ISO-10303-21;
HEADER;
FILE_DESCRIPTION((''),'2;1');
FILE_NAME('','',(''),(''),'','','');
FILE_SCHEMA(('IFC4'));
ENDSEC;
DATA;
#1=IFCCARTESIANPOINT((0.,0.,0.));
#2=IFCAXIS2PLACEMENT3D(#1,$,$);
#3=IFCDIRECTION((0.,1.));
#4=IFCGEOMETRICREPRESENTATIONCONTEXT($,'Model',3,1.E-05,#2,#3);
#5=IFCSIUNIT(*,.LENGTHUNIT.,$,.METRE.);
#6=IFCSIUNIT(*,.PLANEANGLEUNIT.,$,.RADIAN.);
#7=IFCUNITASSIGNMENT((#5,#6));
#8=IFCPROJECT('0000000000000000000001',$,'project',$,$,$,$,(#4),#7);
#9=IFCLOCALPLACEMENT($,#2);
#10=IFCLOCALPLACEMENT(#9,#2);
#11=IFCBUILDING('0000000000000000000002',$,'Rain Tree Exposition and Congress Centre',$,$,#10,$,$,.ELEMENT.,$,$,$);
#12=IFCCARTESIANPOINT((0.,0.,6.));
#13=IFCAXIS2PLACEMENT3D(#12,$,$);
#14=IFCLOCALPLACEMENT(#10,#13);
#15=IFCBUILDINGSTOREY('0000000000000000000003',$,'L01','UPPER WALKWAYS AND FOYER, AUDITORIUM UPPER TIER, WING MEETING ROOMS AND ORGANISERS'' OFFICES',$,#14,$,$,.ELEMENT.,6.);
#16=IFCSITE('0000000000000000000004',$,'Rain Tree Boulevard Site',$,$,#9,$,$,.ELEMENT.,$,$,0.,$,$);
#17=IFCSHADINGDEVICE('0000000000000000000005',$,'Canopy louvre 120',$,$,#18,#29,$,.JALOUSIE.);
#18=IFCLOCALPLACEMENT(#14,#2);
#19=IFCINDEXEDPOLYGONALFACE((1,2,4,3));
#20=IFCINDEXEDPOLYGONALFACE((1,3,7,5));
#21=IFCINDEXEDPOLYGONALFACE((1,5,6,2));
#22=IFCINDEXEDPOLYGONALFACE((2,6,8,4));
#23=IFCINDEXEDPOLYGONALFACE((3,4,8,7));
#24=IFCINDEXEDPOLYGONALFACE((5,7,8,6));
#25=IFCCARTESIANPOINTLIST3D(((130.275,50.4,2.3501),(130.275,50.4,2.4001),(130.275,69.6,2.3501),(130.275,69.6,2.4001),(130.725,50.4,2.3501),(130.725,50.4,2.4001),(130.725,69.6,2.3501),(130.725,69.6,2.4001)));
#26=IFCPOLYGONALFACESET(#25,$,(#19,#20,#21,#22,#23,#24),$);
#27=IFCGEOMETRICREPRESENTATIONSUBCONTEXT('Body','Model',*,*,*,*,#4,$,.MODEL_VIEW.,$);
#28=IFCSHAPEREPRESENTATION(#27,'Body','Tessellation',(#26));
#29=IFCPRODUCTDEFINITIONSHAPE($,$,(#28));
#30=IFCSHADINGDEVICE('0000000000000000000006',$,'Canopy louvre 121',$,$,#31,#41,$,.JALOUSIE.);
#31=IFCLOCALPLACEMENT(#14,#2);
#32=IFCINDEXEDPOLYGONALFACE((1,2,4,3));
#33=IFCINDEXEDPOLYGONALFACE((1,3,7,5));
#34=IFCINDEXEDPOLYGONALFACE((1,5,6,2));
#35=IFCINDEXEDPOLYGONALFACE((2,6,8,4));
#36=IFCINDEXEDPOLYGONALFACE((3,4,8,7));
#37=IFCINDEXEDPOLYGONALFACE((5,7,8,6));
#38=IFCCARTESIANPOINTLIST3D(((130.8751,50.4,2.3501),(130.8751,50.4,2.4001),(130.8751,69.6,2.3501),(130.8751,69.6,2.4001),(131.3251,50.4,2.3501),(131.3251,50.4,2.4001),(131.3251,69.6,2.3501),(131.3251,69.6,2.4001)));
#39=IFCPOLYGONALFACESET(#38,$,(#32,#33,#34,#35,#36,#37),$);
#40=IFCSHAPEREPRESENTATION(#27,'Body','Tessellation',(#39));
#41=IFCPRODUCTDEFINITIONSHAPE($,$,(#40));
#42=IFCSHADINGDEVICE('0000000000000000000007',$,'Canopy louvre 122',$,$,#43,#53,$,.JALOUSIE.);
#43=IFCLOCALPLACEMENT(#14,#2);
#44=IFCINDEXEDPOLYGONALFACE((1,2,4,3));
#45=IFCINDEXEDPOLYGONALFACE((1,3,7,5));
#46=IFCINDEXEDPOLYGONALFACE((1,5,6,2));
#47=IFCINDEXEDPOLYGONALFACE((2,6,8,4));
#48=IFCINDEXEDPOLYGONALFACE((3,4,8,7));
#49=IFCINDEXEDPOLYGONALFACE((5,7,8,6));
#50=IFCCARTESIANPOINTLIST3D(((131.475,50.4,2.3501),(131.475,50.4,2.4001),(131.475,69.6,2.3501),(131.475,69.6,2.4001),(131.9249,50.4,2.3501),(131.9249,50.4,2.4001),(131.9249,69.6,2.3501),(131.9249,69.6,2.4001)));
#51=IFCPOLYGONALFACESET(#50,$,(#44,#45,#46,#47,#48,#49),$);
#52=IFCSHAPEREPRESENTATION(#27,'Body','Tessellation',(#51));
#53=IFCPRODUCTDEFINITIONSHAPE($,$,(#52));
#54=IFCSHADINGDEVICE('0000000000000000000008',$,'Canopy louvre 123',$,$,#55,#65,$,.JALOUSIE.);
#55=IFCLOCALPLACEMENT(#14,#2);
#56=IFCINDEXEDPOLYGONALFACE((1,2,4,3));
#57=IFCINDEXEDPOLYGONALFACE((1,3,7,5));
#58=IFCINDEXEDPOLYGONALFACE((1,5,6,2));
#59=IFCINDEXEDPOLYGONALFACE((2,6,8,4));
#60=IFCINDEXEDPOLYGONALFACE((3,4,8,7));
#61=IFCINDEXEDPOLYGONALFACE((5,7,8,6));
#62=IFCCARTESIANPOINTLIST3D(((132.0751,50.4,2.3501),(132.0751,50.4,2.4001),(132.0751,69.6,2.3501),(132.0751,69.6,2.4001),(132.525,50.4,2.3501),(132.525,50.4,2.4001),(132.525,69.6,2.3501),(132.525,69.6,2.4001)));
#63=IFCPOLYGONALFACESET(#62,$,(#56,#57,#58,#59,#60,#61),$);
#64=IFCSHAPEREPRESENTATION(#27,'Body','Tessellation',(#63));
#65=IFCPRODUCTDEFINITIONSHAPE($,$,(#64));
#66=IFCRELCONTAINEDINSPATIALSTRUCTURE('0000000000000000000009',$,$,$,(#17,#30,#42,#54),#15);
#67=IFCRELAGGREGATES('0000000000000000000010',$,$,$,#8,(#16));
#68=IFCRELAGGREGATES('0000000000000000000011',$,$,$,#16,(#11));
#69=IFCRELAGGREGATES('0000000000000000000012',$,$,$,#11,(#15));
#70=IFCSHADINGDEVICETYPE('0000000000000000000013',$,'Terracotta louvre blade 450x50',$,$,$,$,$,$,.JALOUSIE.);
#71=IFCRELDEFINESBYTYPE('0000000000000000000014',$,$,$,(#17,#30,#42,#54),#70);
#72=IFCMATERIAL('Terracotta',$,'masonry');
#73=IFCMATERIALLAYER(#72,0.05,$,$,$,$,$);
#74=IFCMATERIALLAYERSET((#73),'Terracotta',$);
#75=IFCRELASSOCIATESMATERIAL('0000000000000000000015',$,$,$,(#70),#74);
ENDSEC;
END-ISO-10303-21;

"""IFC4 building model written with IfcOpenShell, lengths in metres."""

from ifc_helpers import new_model, si_unit, direction, frame, origin, origin_2d, place, context, subcontext, project, spatial, rectangle, extrude, material, layer, layer_set, type_object, element, save


model = new_model("IFC4")

# Units and contexts
model_context = context("Model", 3, precision=1e-05, world=origin(), true_north=direction((0.0, 1.0)))
body_context = subcontext(model_context, "Body", "Model", "MODEL_VIEW")
ifc_project = project(units=[si_unit("LENGTHUNIT", "METRE"), si_unit("PLANEANGLEUNIT", "RADIAN")], contexts=[model_context])

# Site, building, storey
site_placement = place(None, origin())
site = spatial("IfcSite", under=ifc_project, at=site_placement, Name="Rain Tree Boulevard Site", CompositionType="ELEMENT", RefElevation=0.0)
building_placement = place(site_placement, origin())
building = spatial("IfcBuilding", under=site, at=building_placement, Name="Rain Tree Exposition and Congress Centre", CompositionType="ELEMENT")
storey_placement = place(building_placement, frame((0.0, 0.0, 6.0)))
storey = spatial("IfcBuildingStorey", under=building, at=storey_placement, Name="L01", Description="UPPER WALKWAYS AND FOYER, AUDITORIUM UPPER TIER, WING MEETING ROOMS AND ORGANISERS' OFFICES", CompositionType="ELEMENT", Elevation=6.0)

# Shading devices
ifc_material_1 = material(Name="Terracotta", Category="masonry")
ifc_layer = layer(ifc_material_1, 0.05)
ifc_layer_set = layer_set([ifc_layer], Name="Terracotta")
shading_device_type = type_object("IfcShadingDeviceType", Name="Terracotta louvre blade 450x50", PredefinedType="JALOUSIE", material=ifc_layer_set)
for number, where, z_axis, x_axis, name in (
    (1, (130.5, 60.0, 2.3501), (0.0, 0.0, 1.0), (1.0, 0.0, 0.0), "Canopy louvre 120"),
    (2, (131.1001, 60.0, 2.3501), (0.0, 0.0, 1.0), (1.0, 0.0, 0.0), "Canopy louvre 121"),
    (3, (131.7, 60.0, 2.3501), (0.0, 0.0, 1.0), (1.0, 0.0, 0.0), "Canopy louvre 122"),
    (4, (132.3, 60.0, 2.3501), (0.0, 0.0, 1.0), (1.0, 0.0, 0.0), "Canopy louvre 123"),
):
    element("IfcShadingDevice", number, at=place(storey_placement, frame(where, z_axis=z_axis, x_axis=x_axis)), inside=storey, type_object=shading_device_type, Name=name, PredefinedType="JALOUSIE", context=body_context, shape_type="SweptSolid", body=[
        extrude(rectangle(XDim=0.45, YDim=19.2, at=origin_2d()), origin(), (0.0, 0.0, 1.0), 0.05),
    ])

save(model, "model.ifc")
